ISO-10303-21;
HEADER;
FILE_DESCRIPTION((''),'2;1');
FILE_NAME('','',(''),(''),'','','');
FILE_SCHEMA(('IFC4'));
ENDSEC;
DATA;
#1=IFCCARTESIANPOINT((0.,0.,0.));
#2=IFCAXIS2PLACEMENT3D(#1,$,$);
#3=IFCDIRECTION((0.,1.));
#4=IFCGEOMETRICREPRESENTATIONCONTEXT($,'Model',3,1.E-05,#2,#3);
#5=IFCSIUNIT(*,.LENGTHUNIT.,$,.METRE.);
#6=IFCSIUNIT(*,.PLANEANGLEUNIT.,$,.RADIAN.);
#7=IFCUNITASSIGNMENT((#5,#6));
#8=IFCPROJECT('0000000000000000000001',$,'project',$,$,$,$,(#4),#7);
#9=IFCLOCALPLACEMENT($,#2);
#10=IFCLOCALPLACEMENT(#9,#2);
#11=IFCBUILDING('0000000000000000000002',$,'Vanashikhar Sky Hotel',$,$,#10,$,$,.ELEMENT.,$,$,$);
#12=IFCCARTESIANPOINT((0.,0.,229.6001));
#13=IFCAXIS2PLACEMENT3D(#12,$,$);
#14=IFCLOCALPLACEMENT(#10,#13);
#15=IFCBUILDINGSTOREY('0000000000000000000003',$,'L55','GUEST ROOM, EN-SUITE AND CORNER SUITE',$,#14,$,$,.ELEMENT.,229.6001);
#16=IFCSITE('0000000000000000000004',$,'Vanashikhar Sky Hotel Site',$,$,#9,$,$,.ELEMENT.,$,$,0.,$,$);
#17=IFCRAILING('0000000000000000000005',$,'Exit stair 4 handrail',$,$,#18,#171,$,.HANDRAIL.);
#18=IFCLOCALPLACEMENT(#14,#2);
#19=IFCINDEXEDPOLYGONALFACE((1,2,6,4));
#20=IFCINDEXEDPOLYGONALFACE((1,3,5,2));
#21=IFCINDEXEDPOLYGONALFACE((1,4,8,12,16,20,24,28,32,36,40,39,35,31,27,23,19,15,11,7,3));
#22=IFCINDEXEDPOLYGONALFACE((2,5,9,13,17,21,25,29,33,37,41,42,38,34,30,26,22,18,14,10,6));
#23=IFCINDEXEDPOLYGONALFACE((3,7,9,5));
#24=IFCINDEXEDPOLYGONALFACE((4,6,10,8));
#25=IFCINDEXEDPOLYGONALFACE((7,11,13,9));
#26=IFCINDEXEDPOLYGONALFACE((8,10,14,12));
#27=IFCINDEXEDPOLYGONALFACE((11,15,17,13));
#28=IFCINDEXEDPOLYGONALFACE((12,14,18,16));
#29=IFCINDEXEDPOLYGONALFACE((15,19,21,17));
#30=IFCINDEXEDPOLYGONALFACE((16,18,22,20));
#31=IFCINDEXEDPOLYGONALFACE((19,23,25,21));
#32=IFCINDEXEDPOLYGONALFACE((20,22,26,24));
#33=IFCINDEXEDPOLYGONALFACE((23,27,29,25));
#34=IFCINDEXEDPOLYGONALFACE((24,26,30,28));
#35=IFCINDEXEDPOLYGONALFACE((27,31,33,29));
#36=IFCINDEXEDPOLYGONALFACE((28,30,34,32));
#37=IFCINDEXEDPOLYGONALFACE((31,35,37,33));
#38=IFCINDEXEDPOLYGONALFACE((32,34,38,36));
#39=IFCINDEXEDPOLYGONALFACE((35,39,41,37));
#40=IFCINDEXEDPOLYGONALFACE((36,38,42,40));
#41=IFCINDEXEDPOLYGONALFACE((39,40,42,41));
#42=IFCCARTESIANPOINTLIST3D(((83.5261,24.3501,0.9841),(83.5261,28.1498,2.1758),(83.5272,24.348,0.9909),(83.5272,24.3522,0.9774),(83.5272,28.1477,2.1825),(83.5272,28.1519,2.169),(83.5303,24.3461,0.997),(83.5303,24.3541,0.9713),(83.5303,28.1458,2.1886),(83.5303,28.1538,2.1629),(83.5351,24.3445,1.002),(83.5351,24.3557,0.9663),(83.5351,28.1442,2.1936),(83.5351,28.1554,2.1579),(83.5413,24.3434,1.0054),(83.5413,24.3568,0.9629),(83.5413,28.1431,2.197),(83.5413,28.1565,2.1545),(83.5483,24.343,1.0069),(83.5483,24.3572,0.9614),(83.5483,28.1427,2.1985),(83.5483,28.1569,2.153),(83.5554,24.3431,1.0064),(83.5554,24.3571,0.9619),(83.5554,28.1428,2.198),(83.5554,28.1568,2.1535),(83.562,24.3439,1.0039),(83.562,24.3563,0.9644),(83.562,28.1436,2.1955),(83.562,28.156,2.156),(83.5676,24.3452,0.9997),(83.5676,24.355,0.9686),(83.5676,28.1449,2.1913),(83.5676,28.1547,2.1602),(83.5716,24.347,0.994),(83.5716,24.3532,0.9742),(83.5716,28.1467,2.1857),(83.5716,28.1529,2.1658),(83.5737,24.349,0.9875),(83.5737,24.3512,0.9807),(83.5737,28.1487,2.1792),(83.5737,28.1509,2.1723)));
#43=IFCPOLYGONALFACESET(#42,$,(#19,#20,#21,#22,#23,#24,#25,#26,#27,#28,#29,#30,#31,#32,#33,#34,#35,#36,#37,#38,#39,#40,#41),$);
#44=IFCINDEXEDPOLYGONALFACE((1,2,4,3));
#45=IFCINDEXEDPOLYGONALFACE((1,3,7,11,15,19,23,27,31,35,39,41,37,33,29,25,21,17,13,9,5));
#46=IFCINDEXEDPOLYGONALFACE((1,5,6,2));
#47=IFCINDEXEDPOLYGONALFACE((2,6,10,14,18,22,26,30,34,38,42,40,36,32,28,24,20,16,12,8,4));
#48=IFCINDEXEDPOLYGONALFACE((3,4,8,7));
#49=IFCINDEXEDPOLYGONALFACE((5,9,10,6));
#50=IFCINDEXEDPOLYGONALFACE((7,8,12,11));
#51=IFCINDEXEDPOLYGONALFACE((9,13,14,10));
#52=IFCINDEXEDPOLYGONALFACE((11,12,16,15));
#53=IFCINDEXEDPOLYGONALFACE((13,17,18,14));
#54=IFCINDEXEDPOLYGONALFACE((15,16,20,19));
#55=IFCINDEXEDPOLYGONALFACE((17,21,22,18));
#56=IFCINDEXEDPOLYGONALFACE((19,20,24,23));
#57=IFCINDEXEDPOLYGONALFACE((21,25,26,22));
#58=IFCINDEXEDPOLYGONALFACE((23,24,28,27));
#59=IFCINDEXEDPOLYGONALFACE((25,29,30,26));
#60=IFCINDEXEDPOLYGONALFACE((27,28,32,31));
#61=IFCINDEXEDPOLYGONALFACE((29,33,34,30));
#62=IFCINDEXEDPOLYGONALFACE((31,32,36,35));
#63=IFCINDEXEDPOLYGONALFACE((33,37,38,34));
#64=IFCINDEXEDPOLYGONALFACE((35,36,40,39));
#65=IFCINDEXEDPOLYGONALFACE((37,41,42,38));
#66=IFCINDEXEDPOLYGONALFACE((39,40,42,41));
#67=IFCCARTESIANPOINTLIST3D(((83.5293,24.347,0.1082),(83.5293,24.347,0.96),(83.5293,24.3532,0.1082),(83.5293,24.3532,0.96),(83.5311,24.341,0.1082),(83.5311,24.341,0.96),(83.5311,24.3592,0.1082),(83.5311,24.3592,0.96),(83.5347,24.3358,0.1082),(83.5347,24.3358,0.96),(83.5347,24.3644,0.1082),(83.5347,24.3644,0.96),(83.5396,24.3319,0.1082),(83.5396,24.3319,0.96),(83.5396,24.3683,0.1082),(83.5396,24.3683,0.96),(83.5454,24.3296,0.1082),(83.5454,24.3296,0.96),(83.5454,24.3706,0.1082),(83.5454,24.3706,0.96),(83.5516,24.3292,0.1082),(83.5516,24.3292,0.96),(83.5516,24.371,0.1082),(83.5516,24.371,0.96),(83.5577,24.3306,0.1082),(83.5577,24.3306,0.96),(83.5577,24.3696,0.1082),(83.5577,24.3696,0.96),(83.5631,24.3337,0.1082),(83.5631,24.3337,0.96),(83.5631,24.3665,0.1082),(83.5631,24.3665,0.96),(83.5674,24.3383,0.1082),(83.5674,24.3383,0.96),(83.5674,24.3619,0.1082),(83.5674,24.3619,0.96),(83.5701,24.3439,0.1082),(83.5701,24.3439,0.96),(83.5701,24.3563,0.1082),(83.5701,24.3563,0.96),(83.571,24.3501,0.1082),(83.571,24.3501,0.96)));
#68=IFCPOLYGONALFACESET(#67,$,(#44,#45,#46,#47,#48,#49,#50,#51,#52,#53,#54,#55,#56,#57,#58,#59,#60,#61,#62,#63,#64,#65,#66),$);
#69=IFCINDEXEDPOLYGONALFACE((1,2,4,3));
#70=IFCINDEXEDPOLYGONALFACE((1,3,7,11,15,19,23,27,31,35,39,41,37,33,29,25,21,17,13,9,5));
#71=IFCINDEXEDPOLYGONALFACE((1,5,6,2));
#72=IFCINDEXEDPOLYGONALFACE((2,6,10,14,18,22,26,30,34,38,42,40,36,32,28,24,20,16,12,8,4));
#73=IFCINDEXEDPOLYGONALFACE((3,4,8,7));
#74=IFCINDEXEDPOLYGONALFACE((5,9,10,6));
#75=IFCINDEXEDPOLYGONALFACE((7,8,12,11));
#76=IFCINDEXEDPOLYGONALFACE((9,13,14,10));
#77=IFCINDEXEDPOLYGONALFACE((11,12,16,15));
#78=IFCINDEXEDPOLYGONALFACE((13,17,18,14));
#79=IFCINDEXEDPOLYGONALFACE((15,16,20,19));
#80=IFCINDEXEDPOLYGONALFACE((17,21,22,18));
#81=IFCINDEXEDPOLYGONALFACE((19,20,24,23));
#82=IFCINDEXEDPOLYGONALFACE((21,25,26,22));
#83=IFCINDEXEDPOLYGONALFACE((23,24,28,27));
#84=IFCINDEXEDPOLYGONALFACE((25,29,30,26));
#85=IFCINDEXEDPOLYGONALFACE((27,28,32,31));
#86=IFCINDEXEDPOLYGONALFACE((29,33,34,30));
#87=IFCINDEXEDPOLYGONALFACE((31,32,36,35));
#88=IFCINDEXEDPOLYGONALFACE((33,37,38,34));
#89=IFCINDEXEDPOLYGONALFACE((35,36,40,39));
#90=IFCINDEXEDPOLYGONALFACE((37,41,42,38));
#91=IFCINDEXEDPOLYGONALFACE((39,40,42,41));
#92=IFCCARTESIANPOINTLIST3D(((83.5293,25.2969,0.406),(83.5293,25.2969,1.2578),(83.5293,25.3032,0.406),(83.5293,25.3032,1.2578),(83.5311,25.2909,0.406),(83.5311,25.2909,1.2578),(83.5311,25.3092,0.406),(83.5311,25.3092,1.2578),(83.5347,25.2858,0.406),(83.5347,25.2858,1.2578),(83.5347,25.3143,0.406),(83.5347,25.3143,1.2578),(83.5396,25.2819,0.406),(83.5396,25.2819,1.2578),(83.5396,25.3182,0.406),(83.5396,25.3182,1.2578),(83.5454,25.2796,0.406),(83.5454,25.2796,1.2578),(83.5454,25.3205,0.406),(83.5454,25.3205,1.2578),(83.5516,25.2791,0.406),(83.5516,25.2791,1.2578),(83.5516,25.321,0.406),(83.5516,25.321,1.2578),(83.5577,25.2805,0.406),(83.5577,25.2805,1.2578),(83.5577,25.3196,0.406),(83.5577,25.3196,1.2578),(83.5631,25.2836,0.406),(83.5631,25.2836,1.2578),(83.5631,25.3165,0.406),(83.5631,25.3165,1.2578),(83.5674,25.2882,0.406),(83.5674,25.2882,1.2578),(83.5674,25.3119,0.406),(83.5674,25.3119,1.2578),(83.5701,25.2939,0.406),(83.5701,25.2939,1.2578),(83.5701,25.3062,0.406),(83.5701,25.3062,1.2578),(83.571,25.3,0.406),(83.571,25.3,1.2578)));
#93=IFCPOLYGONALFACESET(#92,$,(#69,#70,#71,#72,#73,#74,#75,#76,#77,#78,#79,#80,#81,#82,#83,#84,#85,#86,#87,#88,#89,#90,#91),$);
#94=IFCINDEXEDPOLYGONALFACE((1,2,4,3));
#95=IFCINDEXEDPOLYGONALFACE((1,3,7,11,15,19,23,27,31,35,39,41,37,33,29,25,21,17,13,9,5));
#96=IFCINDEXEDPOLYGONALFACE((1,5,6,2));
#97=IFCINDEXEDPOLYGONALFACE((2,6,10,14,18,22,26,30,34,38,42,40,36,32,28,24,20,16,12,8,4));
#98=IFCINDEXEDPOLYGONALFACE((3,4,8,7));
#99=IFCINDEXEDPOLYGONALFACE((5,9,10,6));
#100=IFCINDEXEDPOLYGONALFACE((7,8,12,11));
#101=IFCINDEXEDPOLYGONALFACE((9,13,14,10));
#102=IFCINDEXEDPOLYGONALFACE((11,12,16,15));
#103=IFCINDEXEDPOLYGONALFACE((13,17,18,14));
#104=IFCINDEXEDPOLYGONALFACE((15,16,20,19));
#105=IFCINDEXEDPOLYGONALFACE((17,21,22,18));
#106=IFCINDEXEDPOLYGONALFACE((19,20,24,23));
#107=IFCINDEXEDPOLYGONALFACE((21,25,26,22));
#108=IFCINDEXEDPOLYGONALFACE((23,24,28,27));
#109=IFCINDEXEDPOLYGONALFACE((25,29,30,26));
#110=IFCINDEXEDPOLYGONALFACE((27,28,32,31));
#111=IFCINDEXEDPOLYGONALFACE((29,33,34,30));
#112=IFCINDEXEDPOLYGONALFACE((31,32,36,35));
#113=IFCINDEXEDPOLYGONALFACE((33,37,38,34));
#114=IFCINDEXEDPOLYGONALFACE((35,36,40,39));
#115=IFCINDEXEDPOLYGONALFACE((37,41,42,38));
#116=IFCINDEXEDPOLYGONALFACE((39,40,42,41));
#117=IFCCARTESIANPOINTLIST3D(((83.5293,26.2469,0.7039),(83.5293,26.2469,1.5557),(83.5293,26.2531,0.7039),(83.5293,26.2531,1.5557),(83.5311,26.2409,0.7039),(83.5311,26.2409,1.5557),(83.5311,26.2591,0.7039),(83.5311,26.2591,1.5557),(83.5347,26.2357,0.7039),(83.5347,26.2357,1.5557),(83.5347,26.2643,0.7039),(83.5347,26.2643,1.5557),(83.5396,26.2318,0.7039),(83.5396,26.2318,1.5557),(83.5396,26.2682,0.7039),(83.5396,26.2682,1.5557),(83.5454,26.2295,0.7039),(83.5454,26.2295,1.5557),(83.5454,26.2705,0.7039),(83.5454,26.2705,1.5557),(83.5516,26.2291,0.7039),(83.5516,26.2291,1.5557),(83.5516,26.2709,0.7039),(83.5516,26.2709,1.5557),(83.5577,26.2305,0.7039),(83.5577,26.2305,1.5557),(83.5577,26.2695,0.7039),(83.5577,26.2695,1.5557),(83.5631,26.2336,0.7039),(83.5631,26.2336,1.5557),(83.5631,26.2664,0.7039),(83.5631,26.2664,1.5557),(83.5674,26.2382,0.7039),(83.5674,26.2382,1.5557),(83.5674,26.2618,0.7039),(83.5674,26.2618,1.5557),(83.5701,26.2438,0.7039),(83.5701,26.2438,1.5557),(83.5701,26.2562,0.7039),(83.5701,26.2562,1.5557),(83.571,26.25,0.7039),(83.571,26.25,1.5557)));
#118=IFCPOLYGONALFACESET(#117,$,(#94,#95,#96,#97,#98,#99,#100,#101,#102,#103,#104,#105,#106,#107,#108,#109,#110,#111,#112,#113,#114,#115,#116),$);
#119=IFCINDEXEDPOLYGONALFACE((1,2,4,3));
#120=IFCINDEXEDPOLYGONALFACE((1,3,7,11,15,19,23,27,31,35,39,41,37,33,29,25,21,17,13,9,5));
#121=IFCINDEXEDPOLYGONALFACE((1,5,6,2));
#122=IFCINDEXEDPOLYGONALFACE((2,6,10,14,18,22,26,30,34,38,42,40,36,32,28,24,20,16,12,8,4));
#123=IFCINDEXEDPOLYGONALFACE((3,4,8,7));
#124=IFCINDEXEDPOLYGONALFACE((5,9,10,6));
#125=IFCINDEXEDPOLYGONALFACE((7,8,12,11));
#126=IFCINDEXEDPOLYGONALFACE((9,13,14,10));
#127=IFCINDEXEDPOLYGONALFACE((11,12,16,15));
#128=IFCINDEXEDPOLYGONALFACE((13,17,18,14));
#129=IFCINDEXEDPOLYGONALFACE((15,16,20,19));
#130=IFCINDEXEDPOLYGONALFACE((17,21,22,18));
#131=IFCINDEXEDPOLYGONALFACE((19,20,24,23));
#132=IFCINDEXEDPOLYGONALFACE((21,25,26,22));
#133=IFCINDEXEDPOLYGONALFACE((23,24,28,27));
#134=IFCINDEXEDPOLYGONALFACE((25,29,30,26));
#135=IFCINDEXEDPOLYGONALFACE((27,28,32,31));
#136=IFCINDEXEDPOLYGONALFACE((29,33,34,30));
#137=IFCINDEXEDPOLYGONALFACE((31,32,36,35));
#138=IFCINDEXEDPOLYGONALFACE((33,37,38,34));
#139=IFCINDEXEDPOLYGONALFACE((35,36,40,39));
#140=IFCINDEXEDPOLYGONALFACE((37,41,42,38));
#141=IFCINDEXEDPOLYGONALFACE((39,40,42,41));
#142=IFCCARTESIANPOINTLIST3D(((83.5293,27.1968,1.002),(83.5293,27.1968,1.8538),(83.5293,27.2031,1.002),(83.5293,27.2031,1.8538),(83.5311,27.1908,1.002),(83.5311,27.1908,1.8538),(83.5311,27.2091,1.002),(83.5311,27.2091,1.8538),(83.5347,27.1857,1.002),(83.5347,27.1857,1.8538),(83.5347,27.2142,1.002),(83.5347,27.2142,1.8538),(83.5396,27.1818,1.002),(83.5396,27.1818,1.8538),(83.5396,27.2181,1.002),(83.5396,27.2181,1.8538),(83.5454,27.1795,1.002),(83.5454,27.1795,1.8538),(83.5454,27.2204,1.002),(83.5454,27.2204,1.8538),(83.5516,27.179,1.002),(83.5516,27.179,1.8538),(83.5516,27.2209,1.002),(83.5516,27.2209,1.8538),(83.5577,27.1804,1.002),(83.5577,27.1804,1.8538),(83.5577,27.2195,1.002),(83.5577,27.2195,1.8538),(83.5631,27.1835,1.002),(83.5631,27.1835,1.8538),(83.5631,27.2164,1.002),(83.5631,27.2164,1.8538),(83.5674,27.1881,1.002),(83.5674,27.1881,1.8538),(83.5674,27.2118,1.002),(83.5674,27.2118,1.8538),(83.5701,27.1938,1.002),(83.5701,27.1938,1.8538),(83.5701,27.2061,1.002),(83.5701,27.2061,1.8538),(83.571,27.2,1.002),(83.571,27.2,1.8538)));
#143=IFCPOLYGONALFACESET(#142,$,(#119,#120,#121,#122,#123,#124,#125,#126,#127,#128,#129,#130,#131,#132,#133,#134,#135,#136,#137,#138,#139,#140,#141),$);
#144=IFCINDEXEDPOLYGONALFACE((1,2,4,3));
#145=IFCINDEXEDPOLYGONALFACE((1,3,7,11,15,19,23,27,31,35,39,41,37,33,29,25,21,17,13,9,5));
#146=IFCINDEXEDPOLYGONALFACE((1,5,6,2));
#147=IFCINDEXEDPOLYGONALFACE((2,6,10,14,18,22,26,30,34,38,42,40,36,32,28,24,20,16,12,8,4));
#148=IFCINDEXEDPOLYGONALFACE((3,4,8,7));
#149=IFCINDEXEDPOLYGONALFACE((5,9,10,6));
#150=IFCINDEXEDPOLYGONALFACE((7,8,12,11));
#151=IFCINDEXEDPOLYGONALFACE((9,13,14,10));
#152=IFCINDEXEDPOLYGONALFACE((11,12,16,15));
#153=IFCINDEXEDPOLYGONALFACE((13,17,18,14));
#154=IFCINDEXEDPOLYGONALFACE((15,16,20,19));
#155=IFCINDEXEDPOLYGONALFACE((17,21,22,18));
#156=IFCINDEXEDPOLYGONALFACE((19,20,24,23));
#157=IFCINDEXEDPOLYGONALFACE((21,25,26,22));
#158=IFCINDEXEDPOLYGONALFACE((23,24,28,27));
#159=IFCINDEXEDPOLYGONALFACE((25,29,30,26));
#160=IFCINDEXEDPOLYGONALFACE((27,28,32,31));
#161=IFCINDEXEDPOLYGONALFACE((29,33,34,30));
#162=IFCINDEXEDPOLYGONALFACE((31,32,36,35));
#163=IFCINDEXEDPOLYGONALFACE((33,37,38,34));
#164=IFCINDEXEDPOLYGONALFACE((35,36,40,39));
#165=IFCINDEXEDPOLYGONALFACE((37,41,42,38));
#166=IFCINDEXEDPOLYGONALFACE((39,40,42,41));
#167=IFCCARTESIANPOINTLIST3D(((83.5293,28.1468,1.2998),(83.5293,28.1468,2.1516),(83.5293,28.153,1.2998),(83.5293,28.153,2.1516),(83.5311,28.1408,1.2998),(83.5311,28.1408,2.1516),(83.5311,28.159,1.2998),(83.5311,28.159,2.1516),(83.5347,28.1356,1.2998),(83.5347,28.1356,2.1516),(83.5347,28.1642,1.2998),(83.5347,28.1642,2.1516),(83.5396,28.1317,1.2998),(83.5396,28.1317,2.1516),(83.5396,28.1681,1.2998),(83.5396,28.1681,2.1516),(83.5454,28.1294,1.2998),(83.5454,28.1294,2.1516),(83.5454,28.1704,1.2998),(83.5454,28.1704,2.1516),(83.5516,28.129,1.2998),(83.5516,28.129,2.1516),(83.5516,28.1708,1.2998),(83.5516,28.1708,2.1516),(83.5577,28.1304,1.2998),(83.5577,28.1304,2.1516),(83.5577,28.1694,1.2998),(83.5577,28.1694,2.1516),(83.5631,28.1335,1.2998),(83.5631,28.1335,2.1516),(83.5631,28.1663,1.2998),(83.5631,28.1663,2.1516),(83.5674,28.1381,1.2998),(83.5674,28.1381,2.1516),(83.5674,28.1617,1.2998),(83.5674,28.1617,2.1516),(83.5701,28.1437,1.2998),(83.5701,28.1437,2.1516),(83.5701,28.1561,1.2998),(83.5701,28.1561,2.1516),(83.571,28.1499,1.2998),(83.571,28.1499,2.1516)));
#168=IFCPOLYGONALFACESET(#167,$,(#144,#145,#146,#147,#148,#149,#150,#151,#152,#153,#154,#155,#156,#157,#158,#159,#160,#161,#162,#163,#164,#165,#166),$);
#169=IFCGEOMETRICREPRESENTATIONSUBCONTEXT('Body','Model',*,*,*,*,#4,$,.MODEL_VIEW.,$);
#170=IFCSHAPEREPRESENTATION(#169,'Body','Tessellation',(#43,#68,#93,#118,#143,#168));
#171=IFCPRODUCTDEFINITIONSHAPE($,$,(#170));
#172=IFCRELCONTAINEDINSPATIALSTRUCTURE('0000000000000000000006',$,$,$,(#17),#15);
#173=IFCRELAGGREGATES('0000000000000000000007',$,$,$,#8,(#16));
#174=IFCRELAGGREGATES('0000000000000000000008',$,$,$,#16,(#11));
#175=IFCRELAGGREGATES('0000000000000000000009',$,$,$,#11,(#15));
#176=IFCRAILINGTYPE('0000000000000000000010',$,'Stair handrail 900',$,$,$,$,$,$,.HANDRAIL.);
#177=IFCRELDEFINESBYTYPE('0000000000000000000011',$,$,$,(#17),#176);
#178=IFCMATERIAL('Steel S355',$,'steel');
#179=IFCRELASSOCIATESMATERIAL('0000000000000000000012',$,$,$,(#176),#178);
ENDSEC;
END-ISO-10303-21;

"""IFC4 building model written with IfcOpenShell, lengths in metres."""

from ifc_helpers import new_model, si_unit, direction, frame, origin, origin_2d, place, context, subcontext, project, spatial, circle, extrude, source, transform, mapped, material, type_object, element, save


model = new_model("IFC4")

# Units and contexts
model_context = context("Model", 3, precision=1e-05, world=origin(), true_north=direction((0.0, 1.0)))
body_context = subcontext(model_context, "Body", "Model", "MODEL_VIEW")
ifc_project = project(units=[si_unit("LENGTHUNIT", "METRE"), si_unit("PLANEANGLEUNIT", "RADIAN")], contexts=[model_context])

# Site, building, storey
site_placement = place(None, origin())
site = spatial("IfcSite", under=ifc_project, at=site_placement, Name="Vanashikhar Sky Hotel Site", CompositionType="ELEMENT", RefElevation=0.0)
building_placement = place(site_placement, origin())
building = spatial("IfcBuilding", under=site, at=building_placement, Name="Vanashikhar Sky Hotel", CompositionType="ELEMENT")
storey_placement = place(building_placement, frame((0.0, 0.0, 229.6001)))
storey = spatial("IfcBuildingStorey", under=building, at=storey_placement, Name="L55", Description="GUEST ROOM, EN-SUITE AND CORNER SUITE", CompositionType="ELEMENT", Elevation=229.6001)

# Railing
ifc_material_1 = material(Name="Steel S355", Category="steel")
railing_type_1 = type_object("IfcRailingType", Name="Stair handrail 900", PredefinedType="HANDRAIL", material=ifc_material_1)
shared_shape_1 = source(origin(), body_context, "Body", "SweptSolid", [
    extrude(circle(Radius=0.0239, at=origin_2d()), frame((0.0, 0.0, 0.876), z_axis=(0.0, 0.954178, 0.299238), x_axis=(-1.0, 0.0, 0.0)), (0.0, 0.0, 1.0), 3.9822),
    extrude(circle(Radius=0.021, at=origin_2d()), origin(), (0.0, 0.0, 1.0), 0.8518),
    extrude(circle(Radius=0.021, at=origin_2d()), frame((0.0, 0.95, 0.2979)), (0.0, 0.0, 1.0), 0.8518),
    extrude(circle(Radius=0.021, at=origin_2d()), frame((0.0, 1.8999, 0.5957)), (0.0, 0.0, 1.0), 0.8518),
    extrude(circle(Radius=0.021, at=origin_2d()), frame((0.0, 2.8499, 0.8938)), (0.0, 0.0, 1.0), 0.8518),
    extrude(circle(Radius=0.021, at=origin_2d()), frame((0.0, 3.7998, 1.1917)), (0.0, 0.0, 1.0), 0.8518),
])
for number, where, name in (
    (1, (83.55, 24.3501, 0.1082), "Exit stair 4 handrail"),
):
    element("IfcRailing", number, at=place(storey_placement, frame(where)), inside=storey, type_object=railing_type_1, Name=name, PredefinedType="HANDRAIL", context=body_context, shape_type="MappedRepresentation", body=[
        mapped(shared_shape_1, transform((0.0, 0.0, 0.0), scale=1.0)),
    ])

save(model, "model.ifc")
